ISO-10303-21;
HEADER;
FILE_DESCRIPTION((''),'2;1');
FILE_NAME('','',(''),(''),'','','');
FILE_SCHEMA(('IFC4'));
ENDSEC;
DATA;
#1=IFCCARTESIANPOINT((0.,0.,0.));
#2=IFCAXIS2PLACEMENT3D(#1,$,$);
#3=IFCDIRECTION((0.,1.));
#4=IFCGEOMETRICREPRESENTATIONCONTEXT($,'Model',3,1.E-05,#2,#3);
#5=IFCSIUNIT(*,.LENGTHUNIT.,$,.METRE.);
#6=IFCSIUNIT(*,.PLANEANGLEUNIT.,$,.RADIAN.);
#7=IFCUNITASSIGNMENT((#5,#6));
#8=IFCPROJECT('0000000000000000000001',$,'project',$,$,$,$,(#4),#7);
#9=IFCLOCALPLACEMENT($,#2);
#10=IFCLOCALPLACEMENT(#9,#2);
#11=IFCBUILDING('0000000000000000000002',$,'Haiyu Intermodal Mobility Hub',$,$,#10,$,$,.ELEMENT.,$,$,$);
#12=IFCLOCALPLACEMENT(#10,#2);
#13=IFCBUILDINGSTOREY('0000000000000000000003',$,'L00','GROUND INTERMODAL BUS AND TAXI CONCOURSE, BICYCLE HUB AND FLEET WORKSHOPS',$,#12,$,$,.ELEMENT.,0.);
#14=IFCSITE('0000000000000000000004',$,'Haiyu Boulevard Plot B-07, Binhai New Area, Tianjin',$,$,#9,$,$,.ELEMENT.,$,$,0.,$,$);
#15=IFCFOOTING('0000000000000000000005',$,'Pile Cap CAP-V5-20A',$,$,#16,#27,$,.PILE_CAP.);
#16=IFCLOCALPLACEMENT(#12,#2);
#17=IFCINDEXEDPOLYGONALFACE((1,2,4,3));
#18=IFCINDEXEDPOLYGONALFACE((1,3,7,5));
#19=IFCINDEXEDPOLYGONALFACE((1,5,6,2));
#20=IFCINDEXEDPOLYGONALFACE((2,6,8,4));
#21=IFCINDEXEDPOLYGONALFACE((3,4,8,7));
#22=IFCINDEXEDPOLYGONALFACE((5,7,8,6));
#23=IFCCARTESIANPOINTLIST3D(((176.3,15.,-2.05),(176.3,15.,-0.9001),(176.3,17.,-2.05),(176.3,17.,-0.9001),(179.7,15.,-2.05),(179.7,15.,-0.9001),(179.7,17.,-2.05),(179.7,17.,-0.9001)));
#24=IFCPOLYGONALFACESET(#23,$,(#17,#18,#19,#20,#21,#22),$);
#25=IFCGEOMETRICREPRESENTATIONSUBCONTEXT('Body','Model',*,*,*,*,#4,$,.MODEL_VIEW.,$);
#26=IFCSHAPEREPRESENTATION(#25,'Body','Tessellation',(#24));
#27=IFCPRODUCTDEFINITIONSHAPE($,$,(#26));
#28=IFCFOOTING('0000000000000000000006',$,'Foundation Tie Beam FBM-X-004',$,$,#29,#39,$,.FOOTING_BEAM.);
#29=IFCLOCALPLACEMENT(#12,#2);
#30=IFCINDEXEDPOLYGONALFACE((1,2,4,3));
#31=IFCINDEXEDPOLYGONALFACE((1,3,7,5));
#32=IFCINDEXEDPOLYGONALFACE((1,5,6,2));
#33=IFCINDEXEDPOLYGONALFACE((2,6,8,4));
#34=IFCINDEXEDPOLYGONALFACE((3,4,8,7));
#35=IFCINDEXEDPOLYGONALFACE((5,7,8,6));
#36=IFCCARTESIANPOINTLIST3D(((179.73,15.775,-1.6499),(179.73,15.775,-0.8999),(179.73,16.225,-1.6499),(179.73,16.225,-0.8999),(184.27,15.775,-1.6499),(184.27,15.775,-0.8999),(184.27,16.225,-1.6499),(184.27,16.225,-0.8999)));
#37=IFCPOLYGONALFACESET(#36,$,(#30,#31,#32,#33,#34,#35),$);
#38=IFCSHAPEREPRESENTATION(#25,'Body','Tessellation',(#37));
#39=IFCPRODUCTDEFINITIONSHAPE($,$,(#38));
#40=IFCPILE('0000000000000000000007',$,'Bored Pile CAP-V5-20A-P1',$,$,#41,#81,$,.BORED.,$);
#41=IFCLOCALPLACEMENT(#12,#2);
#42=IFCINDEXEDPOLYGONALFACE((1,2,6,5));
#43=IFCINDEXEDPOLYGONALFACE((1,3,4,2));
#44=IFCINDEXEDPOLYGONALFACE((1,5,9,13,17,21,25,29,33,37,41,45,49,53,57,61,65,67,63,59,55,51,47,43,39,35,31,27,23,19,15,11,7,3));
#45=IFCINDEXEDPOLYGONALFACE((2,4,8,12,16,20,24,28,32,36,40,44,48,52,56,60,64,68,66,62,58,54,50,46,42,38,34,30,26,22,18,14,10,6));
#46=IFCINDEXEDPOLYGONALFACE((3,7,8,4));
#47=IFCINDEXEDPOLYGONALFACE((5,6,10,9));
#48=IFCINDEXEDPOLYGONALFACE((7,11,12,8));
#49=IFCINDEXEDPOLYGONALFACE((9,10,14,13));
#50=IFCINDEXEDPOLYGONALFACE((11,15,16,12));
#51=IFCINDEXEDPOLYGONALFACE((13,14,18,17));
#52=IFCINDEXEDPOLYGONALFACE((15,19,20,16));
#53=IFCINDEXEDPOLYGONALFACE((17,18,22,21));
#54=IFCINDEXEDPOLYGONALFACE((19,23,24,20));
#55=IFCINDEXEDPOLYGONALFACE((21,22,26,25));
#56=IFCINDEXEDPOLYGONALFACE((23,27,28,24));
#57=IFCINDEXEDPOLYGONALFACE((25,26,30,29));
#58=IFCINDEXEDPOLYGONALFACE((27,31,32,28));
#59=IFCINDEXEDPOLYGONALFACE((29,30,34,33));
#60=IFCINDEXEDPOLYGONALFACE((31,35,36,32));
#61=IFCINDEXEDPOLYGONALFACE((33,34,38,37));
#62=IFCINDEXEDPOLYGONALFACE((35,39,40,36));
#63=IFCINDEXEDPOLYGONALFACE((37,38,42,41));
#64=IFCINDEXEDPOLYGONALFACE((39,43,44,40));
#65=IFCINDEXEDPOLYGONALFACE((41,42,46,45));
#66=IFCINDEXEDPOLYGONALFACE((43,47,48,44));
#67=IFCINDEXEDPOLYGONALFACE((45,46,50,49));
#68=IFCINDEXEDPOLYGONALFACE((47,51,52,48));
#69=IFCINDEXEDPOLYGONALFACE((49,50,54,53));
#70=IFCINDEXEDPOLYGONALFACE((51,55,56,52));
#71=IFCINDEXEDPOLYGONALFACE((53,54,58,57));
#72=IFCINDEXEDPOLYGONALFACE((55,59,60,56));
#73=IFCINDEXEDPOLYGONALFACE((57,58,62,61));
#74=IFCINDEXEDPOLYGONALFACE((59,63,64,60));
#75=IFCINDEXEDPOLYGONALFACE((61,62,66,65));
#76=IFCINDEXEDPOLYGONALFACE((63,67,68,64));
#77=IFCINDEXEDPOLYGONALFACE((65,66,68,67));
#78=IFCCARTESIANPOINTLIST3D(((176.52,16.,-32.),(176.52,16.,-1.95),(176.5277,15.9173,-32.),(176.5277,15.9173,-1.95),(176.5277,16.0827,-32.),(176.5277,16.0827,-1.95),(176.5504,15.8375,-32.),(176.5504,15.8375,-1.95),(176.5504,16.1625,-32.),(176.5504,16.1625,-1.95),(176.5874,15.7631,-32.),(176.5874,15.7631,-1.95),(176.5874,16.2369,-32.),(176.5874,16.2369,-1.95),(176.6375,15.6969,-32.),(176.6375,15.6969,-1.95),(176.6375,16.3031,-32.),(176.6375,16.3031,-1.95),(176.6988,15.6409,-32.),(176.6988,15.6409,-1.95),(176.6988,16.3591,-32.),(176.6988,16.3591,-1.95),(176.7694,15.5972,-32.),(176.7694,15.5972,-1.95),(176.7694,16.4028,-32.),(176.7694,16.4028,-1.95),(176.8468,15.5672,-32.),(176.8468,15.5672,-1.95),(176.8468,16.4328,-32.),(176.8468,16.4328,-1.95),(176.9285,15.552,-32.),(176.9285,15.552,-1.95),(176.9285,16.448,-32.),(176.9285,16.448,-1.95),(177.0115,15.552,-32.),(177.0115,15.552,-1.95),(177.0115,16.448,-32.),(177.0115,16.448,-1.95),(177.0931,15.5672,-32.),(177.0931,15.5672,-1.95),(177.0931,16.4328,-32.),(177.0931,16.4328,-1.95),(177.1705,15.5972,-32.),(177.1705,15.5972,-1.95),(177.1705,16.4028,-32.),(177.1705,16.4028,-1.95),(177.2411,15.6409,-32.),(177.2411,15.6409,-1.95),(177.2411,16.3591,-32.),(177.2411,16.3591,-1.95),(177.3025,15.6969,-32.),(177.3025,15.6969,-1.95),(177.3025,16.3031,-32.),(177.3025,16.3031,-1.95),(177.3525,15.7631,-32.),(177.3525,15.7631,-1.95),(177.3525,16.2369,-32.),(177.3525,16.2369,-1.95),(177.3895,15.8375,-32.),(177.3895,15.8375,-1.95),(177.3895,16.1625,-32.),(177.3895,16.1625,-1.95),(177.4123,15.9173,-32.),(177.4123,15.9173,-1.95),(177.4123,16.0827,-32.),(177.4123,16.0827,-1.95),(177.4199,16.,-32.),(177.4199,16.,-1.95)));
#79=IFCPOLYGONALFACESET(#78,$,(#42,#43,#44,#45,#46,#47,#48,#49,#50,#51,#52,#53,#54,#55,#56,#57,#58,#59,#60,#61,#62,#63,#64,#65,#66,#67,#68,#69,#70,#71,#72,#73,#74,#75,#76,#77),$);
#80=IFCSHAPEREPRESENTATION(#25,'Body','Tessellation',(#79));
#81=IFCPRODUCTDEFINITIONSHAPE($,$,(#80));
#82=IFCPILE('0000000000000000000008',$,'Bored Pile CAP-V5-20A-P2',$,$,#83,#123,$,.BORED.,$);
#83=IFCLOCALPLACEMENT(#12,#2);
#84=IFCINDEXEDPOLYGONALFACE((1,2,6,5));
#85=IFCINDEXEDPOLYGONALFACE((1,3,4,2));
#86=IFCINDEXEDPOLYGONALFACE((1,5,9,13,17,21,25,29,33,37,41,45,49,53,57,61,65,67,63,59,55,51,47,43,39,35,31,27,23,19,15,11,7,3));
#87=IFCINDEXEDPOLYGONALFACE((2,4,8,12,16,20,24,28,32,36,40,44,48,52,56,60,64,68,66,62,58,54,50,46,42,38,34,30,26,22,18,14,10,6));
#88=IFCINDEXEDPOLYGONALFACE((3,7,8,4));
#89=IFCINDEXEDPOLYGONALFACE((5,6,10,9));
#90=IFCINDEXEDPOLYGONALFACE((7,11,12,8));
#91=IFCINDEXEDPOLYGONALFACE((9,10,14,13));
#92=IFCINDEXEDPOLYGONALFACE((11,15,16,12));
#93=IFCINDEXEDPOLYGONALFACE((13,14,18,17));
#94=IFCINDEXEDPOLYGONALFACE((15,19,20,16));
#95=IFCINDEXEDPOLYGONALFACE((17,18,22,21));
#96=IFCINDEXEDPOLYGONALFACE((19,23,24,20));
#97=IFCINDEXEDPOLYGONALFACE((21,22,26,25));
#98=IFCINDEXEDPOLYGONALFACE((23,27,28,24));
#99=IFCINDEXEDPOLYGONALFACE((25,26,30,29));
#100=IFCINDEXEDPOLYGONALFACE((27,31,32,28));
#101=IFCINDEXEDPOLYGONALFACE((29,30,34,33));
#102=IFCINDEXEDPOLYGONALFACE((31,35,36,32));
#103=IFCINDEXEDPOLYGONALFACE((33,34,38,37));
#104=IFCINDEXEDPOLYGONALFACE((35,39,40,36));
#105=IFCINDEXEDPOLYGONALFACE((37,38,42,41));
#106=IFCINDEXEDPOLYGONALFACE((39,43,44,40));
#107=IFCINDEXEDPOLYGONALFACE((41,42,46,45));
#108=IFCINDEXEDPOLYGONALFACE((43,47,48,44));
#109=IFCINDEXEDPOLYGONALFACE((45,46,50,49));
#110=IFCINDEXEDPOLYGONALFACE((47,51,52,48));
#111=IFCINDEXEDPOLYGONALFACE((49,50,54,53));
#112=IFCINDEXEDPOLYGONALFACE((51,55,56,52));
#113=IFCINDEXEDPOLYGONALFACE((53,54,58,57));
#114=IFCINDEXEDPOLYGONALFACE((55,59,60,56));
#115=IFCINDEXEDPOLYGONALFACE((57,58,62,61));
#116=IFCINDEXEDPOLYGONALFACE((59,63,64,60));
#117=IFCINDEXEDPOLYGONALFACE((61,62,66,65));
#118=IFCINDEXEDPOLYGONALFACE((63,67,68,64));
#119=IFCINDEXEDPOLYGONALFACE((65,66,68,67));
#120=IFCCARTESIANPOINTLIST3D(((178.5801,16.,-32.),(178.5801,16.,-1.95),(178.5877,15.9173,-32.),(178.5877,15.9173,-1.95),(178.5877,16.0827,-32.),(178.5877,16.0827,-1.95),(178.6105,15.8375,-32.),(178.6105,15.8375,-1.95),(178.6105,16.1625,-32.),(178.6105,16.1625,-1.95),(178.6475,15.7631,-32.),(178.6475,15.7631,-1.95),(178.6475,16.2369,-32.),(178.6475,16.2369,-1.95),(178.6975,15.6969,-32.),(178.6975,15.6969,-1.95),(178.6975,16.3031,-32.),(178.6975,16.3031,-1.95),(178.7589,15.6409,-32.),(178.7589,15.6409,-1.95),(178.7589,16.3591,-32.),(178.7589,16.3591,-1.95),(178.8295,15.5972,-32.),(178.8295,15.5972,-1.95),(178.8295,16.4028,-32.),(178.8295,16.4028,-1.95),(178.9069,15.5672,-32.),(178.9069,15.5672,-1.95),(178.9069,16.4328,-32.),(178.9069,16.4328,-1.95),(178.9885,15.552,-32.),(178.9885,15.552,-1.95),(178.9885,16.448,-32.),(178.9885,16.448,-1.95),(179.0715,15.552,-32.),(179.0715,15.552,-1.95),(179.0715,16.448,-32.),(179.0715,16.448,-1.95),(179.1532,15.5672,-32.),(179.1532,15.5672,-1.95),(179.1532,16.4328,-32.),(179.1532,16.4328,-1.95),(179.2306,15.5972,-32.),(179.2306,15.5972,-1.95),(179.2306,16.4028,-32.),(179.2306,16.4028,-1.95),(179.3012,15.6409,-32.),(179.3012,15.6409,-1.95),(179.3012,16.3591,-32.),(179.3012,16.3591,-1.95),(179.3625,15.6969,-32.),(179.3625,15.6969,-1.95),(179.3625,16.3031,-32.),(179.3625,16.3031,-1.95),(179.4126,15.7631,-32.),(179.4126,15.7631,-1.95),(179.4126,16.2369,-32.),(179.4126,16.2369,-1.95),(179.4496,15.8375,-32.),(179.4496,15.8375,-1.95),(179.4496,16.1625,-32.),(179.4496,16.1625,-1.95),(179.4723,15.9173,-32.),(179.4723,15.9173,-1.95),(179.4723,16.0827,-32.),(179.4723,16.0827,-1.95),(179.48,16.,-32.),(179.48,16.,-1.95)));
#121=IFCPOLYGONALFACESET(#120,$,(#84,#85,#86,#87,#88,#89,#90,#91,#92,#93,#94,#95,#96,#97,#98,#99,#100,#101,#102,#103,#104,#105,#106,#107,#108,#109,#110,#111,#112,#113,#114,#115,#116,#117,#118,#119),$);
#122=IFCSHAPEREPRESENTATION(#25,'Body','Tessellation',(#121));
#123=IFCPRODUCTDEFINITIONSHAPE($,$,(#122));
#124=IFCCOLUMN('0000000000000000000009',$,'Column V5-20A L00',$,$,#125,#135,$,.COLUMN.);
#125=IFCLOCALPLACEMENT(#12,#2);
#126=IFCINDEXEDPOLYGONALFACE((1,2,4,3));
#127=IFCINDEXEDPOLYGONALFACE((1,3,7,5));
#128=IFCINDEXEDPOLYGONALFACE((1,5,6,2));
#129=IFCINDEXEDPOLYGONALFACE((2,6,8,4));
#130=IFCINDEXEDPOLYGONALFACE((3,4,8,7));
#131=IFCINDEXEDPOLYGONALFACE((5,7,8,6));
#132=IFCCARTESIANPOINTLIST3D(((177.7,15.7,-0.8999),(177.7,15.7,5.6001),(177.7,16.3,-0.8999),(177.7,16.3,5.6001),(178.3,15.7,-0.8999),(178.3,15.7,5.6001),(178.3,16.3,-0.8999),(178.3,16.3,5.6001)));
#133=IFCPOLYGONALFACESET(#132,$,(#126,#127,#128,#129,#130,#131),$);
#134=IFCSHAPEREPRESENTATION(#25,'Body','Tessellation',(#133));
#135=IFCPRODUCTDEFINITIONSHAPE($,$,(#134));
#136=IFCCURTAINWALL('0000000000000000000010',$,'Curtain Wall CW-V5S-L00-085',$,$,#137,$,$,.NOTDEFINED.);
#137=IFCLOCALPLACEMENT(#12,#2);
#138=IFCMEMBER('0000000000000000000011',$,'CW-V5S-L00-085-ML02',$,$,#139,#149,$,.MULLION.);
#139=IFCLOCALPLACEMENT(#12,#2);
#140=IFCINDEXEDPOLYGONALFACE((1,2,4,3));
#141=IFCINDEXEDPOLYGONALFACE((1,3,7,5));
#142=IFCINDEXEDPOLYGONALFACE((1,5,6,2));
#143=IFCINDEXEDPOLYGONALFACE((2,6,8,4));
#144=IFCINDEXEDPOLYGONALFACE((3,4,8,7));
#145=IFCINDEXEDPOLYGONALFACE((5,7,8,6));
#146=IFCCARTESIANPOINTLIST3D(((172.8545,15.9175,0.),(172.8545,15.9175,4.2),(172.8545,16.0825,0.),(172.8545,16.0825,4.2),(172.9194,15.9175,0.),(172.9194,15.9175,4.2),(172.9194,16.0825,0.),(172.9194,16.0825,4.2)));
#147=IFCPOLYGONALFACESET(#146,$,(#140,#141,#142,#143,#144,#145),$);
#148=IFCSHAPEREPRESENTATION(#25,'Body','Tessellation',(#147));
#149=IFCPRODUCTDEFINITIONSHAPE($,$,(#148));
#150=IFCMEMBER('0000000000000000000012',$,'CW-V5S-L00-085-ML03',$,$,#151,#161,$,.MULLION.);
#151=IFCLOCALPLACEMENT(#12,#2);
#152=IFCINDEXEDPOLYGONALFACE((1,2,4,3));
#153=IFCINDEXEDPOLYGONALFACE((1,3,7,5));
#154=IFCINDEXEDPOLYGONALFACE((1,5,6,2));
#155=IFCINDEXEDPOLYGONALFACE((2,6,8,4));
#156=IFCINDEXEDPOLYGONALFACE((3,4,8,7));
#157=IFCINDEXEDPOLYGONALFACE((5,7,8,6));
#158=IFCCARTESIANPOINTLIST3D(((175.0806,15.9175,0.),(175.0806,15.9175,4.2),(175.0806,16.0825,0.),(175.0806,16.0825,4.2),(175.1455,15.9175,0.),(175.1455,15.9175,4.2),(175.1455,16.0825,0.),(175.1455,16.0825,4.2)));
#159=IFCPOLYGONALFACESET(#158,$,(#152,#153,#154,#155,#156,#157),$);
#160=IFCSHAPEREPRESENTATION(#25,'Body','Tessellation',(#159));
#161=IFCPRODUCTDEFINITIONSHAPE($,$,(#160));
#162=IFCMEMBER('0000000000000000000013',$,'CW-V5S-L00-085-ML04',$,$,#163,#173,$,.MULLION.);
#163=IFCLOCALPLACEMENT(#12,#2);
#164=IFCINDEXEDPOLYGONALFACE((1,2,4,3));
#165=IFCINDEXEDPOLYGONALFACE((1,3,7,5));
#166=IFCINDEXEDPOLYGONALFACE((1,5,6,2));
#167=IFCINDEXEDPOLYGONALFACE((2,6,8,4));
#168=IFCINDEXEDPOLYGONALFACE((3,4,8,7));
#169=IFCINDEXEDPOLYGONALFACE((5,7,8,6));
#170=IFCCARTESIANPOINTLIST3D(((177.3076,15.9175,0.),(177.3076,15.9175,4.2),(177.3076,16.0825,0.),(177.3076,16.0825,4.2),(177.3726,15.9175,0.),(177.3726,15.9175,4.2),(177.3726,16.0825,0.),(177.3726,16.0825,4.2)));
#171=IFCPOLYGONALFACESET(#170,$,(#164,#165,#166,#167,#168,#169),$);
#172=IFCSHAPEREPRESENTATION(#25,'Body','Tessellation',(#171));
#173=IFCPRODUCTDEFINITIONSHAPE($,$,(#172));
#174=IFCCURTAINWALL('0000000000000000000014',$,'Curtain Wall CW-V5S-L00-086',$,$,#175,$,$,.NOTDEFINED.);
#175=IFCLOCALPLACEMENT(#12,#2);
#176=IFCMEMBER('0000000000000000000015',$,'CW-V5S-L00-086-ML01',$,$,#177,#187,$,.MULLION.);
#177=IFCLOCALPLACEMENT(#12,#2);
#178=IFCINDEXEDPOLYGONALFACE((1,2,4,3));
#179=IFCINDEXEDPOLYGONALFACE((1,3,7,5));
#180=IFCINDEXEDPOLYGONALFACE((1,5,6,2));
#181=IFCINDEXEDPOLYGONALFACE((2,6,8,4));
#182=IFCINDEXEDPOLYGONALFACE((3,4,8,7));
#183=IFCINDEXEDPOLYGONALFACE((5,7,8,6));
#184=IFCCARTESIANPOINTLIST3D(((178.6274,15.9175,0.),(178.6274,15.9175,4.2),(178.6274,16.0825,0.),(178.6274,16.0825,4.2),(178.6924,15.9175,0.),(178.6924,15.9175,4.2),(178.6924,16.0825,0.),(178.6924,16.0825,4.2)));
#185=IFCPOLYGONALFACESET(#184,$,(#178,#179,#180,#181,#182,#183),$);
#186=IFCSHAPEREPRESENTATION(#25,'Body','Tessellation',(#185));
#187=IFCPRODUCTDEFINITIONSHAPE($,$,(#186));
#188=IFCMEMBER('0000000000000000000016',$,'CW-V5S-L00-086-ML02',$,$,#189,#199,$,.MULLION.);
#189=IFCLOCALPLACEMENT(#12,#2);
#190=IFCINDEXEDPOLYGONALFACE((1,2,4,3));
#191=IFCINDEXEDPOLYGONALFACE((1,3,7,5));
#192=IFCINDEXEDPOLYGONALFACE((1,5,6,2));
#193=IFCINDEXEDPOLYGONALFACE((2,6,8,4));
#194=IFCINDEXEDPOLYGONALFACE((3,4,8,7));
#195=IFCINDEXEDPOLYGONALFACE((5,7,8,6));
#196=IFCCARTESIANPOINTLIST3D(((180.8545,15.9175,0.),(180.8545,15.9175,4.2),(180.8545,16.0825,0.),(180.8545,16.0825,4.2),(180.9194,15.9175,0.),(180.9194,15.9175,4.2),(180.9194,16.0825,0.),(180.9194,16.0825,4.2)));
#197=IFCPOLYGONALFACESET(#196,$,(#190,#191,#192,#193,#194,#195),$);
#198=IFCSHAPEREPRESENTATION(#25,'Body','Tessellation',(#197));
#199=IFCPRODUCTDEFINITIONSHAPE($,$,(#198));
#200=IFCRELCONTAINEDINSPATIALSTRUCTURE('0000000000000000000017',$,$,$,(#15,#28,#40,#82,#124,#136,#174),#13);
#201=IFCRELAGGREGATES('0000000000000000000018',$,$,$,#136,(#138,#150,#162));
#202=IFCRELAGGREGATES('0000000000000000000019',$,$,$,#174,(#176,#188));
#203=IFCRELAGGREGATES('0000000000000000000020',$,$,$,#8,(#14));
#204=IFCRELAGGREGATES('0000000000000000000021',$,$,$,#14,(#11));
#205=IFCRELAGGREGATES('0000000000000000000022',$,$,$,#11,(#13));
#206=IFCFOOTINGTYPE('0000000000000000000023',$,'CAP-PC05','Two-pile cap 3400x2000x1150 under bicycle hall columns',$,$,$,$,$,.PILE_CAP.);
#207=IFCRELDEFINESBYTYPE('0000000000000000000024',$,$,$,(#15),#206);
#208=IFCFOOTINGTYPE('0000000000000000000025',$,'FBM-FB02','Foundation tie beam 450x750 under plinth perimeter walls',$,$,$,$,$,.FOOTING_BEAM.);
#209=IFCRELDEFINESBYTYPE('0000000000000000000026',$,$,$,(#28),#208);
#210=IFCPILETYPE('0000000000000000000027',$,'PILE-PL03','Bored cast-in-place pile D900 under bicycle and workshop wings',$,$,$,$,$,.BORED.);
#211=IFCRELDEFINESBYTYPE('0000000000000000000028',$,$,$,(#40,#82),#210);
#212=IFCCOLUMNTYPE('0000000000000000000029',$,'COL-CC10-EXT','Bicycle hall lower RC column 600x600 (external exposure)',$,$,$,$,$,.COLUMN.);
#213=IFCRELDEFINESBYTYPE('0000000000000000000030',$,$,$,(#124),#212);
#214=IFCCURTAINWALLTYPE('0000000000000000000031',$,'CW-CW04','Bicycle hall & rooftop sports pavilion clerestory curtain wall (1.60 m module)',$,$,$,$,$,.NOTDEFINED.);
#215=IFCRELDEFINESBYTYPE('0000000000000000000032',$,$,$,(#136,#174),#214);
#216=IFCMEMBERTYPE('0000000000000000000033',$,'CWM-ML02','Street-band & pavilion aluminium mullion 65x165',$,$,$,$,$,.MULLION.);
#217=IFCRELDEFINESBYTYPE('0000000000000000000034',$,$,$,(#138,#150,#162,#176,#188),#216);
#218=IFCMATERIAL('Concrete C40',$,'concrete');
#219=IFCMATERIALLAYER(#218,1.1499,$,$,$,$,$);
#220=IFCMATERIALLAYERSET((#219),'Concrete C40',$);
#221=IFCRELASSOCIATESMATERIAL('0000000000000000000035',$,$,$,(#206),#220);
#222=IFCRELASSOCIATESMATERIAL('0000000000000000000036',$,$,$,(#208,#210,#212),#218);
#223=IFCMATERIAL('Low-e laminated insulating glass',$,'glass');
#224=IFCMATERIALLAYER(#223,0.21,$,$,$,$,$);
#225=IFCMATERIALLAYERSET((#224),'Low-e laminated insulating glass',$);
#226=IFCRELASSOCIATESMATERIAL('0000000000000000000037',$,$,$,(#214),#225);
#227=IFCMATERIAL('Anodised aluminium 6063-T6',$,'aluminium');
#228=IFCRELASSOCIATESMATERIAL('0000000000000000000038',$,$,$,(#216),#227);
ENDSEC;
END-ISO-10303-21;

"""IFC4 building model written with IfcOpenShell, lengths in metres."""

from ifc_helpers import new_model, si_unit, direction, frame, origin, origin_2d, place, context, subcontext, project, spatial, rectangle, circle, extrude, material, layer, layer_set, material_profile, profile_set, type_object, element, aggregate, save


model = new_model("IFC4")

# Units and contexts
model_context = context("Model", 3, precision=1e-05, world=origin(), true_north=direction((0.0, 1.0)))
body_context = subcontext(model_context, "Body", "Model", "MODEL_VIEW")
ifc_project = project(units=[si_unit("LENGTHUNIT", "METRE"), si_unit("PLANEANGLEUNIT", "RADIAN")], contexts=[model_context])

# Site, building, storey
site_placement = place(None, origin())
site = spatial("IfcSite", under=ifc_project, at=site_placement, Name="Haiyu Boulevard Plot B-07, Binhai New Area, Tianjin", CompositionType="ELEMENT", RefElevation=0.0)
building_placement = place(site_placement, origin())
building = spatial("IfcBuilding", under=site, at=building_placement, Name="Haiyu Intermodal Mobility Hub", CompositionType="ELEMENT")
storey_placement = place(building_placement, origin())
storey = spatial("IfcBuildingStorey", under=building, at=storey_placement, Name="L00", Description="GROUND INTERMODAL BUS AND TAXI CONCOURSE, BICYCLE HUB AND FLEET WORKSHOPS", CompositionType="ELEMENT", Elevation=0.0)

# Footings
ifc_material_1 = material(Name="Concrete C40", Category="concrete")
ifc_layer_1 = layer(ifc_material_1, 1.1499)
ifc_layer_set_1 = layer_set([ifc_layer_1], Name="Concrete C40")
footing_type_1 = type_object("IfcFootingType", Name="CAP-PC05", Description="Two-pile cap 3400x2000x1150 under bicycle hall columns", PredefinedType="PILE_CAP", material=ifc_layer_set_1)
footing_1_placement = place(storey_placement, frame((178.0, 16.0, -2.05), z_axis=(0.0, 0.0, 1.0), x_axis=(1.0, 0.0, 0.0)))
element("IfcFooting", 1, at=footing_1_placement, inside=storey, type_object=footing_type_1, Name="Pile Cap CAP-V5-20A", PredefinedType="PILE_CAP", context=body_context, shape_type="SweptSolid", body=[
    extrude(rectangle(XDim=3.3999, YDim=2.0, at=origin_2d()), origin(), (0.0, 0.0, 1.0), 1.1499),
])
ifc_material_profile_1 = material_profile(ifc_material_1, rectangle(XDim=0.45, YDim=0.75, at=origin_2d()), Name="FB450x750")
ifc_profile_set_1 = profile_set([ifc_material_profile_1], Name="Concrete C40")
footing_type_2 = type_object("IfcFootingType", Name="FBM-FB02", Description="Foundation tie beam 450x750 under plinth perimeter walls", PredefinedType="FOOTING_BEAM", material=ifc_profile_set_1)
footing_2_placement = place(storey_placement, frame((179.73, 16.0, -1.2749), z_axis=(1.0, 0.0, 0.0), x_axis=(0.0, 1.0, 0.0)))
element("IfcFooting", 2, at=footing_2_placement, inside=storey, type_object=footing_type_2, Name="Foundation Tie Beam FBM-X-004", PredefinedType="FOOTING_BEAM", context=body_context, shape_type="SweptSolid", body=[
    extrude(rectangle(XDim=0.45, YDim=0.75, at=origin_2d()), origin(), (0.0, 0.0, 1.0), 4.54),
])

# Piles
ifc_material_profile_2 = material_profile(ifc_material_1, circle(Radius=0.45, at=origin_2d()), Name="PILE-D900")
ifc_profile_set_2 = profile_set([ifc_material_profile_2], Name="Concrete C40")
pile_type = type_object("IfcPileType", Name="PILE-PL03", Description="Bored cast-in-place pile D900 under bicycle and workshop wings", PredefinedType="BORED", material=ifc_profile_set_2)
for number, where, z_axis, x_axis, name in (
    (3, (176.97, 16.0, -1.95), (0.0, 0.0, -1.0), (1.0, 0.0, 0.0), "Bored Pile CAP-V5-20A-P1"),
    (4, (179.03, 16.0, -1.95), (0.0, 0.0, -1.0), (1.0, 0.0, 0.0), "Bored Pile CAP-V5-20A-P2"),
):
    element("IfcPile", number, at=place(storey_placement, frame(where, z_axis=z_axis, x_axis=x_axis)), inside=storey, type_object=pile_type, Name=name, PredefinedType="BORED", context=body_context, shape_type="SweptSolid", body=[
        extrude(circle(Radius=0.45, at=origin_2d()), origin(), (0.0, 0.0, 1.0), 30.05),
    ])

# Column
ifc_material_profile_3 = material_profile(ifc_material_1, rectangle(XDim=0.6001, YDim=0.6001, at=origin_2d()), Name="RC600x600")
ifc_profile_set_3 = profile_set([ifc_material_profile_3], Name="Concrete C40")
column_type = type_object("IfcColumnType", Name="COL-CC10-EXT", Description="Bicycle hall lower RC column 600x600 (external exposure)", PredefinedType="COLUMN", material=ifc_profile_set_3)
column_placement = place(storey_placement, frame((178.0, 16.0, -0.8999), z_axis=(0.0, 0.0, 1.0), x_axis=(1.0, 0.0, 0.0)))
element("IfcColumn", 5, at=column_placement, inside=storey, type_object=column_type, Name="Column V5-20A L00", PredefinedType="COLUMN", context=body_context, shape_type="SweptSolid", body=[
    extrude(rectangle(XDim=0.6001, YDim=0.6001, at=origin_2d()), origin(), (0.0, 0.0, 1.0), 6.5),
])

# Curtain walls, members
ifc_material_2 = material(Name="Low-e laminated insulating glass", Category="glass")
ifc_layer_2 = layer(ifc_material_2, 0.21)
ifc_layer_set_2 = layer_set([ifc_layer_2], Name="Low-e laminated insulating glass")
curtain_wall_type = type_object("IfcCurtainWallType", Name="CW-CW04", Description="Bicycle hall & rooftop sports pavilion clerestory curtain wall (1.60 m module)", PredefinedType="NOTDEFINED", material=ifc_layer_set_2)
curtain_wall_1_placement = place(storey_placement, origin())
curtain_wall_1 = element("IfcCurtainWall", 6, at=curtain_wall_1_placement, inside=storey, type_object=curtain_wall_type, Name="Curtain Wall CW-V5S-L00-085", PredefinedType="NOTDEFINED")
ifc_material_3 = material(Name="Anodised aluminium 6063-T6", Category="aluminium")
ifc_material_profile_4 = material_profile(ifc_material_3, rectangle(XDim=0.0649, YDim=0.165, at=origin_2d()), Name="ALU65x165")
ifc_profile_set_4 = profile_set([ifc_material_profile_4], Name="Anodised aluminium 6063-T6")
member_type_1 = type_object("IfcMemberType", Name="CWM-ML02", Description="Street-band & pavilion aluminium mullion 65x165", PredefinedType="MULLION", material=ifc_profile_set_4)
member_1_placement = place(storey_placement, frame((172.887, 16.0, 0.0), z_axis=(0.0, 0.0, 1.0), x_axis=(1.0, 0.0, 0.0)))
member_1 = element("IfcMember", 7, at=member_1_placement, type_object=member_type_1, Name="CW-V5S-L00-085-ML02", PredefinedType="MULLION", context=body_context, shape_type="SweptSolid", body=[
    extrude(rectangle(XDim=0.0649, YDim=0.165, at=origin_2d()), origin(), (0.0, 0.0, 1.0), 4.2),
])
member_2_placement = place(storey_placement, frame((175.113, 16.0, 0.0), z_axis=(0.0, 0.0, 1.0), x_axis=(1.0, 0.0, 0.0)))
member_2 = element("IfcMember", 8, at=member_2_placement, type_object=member_type_1, Name="CW-V5S-L00-085-ML03", PredefinedType="MULLION", context=body_context, shape_type="SweptSolid", body=[
    extrude(rectangle(XDim=0.0649, YDim=0.165, at=origin_2d()), origin(), (0.0, 0.0, 1.0), 4.2),
])
member_3_placement = place(storey_placement, frame((177.3401, 16.0, 0.0), z_axis=(0.0, 0.0, 1.0), x_axis=(1.0, 0.0, 0.0)))
member_3 = element("IfcMember", 9, at=member_3_placement, type_object=member_type_1, Name="CW-V5S-L00-085-ML04", PredefinedType="MULLION", context=body_context, shape_type="SweptSolid", body=[
    extrude(rectangle(XDim=0.0649, YDim=0.165, at=origin_2d()), origin(), (0.0, 0.0, 1.0), 4.2),
])
curtain_wall_2_placement = place(storey_placement, origin())
curtain_wall_2 = element("IfcCurtainWall", 10, at=curtain_wall_2_placement, inside=storey, type_object=curtain_wall_type, Name="Curtain Wall CW-V5S-L00-086", PredefinedType="NOTDEFINED")
member_4_placement = place(storey_placement, frame((178.6599, 16.0, 0.0), z_axis=(0.0, 0.0, 1.0), x_axis=(1.0, 0.0, 0.0)))
member_4 = element("IfcMember", 11, at=member_4_placement, type_object=member_type_1, Name="CW-V5S-L00-086-ML01", PredefinedType="MULLION", context=body_context, shape_type="SweptSolid", body=[
    extrude(rectangle(XDim=0.0649, YDim=0.165, at=origin_2d()), origin(), (0.0, 0.0, 1.0), 4.2),
])
member_5_placement = place(storey_placement, frame((180.887, 16.0, 0.0), z_axis=(0.0, 0.0, 1.0), x_axis=(1.0, 0.0, 0.0)))
member_5 = element("IfcMember", 12, at=member_5_placement, type_object=member_type_1, Name="CW-V5S-L00-086-ML02", PredefinedType="MULLION", context=body_context, shape_type="SweptSolid", body=[
    extrude(rectangle(XDim=0.0649, YDim=0.165, at=origin_2d()), origin(), (0.0, 0.0, 1.0), 4.2),
])

aggregate(curtain_wall_1, [member_1, member_2, member_3])
aggregate(curtain_wall_2, [member_4, member_5])

save(model, "model.ifc")
